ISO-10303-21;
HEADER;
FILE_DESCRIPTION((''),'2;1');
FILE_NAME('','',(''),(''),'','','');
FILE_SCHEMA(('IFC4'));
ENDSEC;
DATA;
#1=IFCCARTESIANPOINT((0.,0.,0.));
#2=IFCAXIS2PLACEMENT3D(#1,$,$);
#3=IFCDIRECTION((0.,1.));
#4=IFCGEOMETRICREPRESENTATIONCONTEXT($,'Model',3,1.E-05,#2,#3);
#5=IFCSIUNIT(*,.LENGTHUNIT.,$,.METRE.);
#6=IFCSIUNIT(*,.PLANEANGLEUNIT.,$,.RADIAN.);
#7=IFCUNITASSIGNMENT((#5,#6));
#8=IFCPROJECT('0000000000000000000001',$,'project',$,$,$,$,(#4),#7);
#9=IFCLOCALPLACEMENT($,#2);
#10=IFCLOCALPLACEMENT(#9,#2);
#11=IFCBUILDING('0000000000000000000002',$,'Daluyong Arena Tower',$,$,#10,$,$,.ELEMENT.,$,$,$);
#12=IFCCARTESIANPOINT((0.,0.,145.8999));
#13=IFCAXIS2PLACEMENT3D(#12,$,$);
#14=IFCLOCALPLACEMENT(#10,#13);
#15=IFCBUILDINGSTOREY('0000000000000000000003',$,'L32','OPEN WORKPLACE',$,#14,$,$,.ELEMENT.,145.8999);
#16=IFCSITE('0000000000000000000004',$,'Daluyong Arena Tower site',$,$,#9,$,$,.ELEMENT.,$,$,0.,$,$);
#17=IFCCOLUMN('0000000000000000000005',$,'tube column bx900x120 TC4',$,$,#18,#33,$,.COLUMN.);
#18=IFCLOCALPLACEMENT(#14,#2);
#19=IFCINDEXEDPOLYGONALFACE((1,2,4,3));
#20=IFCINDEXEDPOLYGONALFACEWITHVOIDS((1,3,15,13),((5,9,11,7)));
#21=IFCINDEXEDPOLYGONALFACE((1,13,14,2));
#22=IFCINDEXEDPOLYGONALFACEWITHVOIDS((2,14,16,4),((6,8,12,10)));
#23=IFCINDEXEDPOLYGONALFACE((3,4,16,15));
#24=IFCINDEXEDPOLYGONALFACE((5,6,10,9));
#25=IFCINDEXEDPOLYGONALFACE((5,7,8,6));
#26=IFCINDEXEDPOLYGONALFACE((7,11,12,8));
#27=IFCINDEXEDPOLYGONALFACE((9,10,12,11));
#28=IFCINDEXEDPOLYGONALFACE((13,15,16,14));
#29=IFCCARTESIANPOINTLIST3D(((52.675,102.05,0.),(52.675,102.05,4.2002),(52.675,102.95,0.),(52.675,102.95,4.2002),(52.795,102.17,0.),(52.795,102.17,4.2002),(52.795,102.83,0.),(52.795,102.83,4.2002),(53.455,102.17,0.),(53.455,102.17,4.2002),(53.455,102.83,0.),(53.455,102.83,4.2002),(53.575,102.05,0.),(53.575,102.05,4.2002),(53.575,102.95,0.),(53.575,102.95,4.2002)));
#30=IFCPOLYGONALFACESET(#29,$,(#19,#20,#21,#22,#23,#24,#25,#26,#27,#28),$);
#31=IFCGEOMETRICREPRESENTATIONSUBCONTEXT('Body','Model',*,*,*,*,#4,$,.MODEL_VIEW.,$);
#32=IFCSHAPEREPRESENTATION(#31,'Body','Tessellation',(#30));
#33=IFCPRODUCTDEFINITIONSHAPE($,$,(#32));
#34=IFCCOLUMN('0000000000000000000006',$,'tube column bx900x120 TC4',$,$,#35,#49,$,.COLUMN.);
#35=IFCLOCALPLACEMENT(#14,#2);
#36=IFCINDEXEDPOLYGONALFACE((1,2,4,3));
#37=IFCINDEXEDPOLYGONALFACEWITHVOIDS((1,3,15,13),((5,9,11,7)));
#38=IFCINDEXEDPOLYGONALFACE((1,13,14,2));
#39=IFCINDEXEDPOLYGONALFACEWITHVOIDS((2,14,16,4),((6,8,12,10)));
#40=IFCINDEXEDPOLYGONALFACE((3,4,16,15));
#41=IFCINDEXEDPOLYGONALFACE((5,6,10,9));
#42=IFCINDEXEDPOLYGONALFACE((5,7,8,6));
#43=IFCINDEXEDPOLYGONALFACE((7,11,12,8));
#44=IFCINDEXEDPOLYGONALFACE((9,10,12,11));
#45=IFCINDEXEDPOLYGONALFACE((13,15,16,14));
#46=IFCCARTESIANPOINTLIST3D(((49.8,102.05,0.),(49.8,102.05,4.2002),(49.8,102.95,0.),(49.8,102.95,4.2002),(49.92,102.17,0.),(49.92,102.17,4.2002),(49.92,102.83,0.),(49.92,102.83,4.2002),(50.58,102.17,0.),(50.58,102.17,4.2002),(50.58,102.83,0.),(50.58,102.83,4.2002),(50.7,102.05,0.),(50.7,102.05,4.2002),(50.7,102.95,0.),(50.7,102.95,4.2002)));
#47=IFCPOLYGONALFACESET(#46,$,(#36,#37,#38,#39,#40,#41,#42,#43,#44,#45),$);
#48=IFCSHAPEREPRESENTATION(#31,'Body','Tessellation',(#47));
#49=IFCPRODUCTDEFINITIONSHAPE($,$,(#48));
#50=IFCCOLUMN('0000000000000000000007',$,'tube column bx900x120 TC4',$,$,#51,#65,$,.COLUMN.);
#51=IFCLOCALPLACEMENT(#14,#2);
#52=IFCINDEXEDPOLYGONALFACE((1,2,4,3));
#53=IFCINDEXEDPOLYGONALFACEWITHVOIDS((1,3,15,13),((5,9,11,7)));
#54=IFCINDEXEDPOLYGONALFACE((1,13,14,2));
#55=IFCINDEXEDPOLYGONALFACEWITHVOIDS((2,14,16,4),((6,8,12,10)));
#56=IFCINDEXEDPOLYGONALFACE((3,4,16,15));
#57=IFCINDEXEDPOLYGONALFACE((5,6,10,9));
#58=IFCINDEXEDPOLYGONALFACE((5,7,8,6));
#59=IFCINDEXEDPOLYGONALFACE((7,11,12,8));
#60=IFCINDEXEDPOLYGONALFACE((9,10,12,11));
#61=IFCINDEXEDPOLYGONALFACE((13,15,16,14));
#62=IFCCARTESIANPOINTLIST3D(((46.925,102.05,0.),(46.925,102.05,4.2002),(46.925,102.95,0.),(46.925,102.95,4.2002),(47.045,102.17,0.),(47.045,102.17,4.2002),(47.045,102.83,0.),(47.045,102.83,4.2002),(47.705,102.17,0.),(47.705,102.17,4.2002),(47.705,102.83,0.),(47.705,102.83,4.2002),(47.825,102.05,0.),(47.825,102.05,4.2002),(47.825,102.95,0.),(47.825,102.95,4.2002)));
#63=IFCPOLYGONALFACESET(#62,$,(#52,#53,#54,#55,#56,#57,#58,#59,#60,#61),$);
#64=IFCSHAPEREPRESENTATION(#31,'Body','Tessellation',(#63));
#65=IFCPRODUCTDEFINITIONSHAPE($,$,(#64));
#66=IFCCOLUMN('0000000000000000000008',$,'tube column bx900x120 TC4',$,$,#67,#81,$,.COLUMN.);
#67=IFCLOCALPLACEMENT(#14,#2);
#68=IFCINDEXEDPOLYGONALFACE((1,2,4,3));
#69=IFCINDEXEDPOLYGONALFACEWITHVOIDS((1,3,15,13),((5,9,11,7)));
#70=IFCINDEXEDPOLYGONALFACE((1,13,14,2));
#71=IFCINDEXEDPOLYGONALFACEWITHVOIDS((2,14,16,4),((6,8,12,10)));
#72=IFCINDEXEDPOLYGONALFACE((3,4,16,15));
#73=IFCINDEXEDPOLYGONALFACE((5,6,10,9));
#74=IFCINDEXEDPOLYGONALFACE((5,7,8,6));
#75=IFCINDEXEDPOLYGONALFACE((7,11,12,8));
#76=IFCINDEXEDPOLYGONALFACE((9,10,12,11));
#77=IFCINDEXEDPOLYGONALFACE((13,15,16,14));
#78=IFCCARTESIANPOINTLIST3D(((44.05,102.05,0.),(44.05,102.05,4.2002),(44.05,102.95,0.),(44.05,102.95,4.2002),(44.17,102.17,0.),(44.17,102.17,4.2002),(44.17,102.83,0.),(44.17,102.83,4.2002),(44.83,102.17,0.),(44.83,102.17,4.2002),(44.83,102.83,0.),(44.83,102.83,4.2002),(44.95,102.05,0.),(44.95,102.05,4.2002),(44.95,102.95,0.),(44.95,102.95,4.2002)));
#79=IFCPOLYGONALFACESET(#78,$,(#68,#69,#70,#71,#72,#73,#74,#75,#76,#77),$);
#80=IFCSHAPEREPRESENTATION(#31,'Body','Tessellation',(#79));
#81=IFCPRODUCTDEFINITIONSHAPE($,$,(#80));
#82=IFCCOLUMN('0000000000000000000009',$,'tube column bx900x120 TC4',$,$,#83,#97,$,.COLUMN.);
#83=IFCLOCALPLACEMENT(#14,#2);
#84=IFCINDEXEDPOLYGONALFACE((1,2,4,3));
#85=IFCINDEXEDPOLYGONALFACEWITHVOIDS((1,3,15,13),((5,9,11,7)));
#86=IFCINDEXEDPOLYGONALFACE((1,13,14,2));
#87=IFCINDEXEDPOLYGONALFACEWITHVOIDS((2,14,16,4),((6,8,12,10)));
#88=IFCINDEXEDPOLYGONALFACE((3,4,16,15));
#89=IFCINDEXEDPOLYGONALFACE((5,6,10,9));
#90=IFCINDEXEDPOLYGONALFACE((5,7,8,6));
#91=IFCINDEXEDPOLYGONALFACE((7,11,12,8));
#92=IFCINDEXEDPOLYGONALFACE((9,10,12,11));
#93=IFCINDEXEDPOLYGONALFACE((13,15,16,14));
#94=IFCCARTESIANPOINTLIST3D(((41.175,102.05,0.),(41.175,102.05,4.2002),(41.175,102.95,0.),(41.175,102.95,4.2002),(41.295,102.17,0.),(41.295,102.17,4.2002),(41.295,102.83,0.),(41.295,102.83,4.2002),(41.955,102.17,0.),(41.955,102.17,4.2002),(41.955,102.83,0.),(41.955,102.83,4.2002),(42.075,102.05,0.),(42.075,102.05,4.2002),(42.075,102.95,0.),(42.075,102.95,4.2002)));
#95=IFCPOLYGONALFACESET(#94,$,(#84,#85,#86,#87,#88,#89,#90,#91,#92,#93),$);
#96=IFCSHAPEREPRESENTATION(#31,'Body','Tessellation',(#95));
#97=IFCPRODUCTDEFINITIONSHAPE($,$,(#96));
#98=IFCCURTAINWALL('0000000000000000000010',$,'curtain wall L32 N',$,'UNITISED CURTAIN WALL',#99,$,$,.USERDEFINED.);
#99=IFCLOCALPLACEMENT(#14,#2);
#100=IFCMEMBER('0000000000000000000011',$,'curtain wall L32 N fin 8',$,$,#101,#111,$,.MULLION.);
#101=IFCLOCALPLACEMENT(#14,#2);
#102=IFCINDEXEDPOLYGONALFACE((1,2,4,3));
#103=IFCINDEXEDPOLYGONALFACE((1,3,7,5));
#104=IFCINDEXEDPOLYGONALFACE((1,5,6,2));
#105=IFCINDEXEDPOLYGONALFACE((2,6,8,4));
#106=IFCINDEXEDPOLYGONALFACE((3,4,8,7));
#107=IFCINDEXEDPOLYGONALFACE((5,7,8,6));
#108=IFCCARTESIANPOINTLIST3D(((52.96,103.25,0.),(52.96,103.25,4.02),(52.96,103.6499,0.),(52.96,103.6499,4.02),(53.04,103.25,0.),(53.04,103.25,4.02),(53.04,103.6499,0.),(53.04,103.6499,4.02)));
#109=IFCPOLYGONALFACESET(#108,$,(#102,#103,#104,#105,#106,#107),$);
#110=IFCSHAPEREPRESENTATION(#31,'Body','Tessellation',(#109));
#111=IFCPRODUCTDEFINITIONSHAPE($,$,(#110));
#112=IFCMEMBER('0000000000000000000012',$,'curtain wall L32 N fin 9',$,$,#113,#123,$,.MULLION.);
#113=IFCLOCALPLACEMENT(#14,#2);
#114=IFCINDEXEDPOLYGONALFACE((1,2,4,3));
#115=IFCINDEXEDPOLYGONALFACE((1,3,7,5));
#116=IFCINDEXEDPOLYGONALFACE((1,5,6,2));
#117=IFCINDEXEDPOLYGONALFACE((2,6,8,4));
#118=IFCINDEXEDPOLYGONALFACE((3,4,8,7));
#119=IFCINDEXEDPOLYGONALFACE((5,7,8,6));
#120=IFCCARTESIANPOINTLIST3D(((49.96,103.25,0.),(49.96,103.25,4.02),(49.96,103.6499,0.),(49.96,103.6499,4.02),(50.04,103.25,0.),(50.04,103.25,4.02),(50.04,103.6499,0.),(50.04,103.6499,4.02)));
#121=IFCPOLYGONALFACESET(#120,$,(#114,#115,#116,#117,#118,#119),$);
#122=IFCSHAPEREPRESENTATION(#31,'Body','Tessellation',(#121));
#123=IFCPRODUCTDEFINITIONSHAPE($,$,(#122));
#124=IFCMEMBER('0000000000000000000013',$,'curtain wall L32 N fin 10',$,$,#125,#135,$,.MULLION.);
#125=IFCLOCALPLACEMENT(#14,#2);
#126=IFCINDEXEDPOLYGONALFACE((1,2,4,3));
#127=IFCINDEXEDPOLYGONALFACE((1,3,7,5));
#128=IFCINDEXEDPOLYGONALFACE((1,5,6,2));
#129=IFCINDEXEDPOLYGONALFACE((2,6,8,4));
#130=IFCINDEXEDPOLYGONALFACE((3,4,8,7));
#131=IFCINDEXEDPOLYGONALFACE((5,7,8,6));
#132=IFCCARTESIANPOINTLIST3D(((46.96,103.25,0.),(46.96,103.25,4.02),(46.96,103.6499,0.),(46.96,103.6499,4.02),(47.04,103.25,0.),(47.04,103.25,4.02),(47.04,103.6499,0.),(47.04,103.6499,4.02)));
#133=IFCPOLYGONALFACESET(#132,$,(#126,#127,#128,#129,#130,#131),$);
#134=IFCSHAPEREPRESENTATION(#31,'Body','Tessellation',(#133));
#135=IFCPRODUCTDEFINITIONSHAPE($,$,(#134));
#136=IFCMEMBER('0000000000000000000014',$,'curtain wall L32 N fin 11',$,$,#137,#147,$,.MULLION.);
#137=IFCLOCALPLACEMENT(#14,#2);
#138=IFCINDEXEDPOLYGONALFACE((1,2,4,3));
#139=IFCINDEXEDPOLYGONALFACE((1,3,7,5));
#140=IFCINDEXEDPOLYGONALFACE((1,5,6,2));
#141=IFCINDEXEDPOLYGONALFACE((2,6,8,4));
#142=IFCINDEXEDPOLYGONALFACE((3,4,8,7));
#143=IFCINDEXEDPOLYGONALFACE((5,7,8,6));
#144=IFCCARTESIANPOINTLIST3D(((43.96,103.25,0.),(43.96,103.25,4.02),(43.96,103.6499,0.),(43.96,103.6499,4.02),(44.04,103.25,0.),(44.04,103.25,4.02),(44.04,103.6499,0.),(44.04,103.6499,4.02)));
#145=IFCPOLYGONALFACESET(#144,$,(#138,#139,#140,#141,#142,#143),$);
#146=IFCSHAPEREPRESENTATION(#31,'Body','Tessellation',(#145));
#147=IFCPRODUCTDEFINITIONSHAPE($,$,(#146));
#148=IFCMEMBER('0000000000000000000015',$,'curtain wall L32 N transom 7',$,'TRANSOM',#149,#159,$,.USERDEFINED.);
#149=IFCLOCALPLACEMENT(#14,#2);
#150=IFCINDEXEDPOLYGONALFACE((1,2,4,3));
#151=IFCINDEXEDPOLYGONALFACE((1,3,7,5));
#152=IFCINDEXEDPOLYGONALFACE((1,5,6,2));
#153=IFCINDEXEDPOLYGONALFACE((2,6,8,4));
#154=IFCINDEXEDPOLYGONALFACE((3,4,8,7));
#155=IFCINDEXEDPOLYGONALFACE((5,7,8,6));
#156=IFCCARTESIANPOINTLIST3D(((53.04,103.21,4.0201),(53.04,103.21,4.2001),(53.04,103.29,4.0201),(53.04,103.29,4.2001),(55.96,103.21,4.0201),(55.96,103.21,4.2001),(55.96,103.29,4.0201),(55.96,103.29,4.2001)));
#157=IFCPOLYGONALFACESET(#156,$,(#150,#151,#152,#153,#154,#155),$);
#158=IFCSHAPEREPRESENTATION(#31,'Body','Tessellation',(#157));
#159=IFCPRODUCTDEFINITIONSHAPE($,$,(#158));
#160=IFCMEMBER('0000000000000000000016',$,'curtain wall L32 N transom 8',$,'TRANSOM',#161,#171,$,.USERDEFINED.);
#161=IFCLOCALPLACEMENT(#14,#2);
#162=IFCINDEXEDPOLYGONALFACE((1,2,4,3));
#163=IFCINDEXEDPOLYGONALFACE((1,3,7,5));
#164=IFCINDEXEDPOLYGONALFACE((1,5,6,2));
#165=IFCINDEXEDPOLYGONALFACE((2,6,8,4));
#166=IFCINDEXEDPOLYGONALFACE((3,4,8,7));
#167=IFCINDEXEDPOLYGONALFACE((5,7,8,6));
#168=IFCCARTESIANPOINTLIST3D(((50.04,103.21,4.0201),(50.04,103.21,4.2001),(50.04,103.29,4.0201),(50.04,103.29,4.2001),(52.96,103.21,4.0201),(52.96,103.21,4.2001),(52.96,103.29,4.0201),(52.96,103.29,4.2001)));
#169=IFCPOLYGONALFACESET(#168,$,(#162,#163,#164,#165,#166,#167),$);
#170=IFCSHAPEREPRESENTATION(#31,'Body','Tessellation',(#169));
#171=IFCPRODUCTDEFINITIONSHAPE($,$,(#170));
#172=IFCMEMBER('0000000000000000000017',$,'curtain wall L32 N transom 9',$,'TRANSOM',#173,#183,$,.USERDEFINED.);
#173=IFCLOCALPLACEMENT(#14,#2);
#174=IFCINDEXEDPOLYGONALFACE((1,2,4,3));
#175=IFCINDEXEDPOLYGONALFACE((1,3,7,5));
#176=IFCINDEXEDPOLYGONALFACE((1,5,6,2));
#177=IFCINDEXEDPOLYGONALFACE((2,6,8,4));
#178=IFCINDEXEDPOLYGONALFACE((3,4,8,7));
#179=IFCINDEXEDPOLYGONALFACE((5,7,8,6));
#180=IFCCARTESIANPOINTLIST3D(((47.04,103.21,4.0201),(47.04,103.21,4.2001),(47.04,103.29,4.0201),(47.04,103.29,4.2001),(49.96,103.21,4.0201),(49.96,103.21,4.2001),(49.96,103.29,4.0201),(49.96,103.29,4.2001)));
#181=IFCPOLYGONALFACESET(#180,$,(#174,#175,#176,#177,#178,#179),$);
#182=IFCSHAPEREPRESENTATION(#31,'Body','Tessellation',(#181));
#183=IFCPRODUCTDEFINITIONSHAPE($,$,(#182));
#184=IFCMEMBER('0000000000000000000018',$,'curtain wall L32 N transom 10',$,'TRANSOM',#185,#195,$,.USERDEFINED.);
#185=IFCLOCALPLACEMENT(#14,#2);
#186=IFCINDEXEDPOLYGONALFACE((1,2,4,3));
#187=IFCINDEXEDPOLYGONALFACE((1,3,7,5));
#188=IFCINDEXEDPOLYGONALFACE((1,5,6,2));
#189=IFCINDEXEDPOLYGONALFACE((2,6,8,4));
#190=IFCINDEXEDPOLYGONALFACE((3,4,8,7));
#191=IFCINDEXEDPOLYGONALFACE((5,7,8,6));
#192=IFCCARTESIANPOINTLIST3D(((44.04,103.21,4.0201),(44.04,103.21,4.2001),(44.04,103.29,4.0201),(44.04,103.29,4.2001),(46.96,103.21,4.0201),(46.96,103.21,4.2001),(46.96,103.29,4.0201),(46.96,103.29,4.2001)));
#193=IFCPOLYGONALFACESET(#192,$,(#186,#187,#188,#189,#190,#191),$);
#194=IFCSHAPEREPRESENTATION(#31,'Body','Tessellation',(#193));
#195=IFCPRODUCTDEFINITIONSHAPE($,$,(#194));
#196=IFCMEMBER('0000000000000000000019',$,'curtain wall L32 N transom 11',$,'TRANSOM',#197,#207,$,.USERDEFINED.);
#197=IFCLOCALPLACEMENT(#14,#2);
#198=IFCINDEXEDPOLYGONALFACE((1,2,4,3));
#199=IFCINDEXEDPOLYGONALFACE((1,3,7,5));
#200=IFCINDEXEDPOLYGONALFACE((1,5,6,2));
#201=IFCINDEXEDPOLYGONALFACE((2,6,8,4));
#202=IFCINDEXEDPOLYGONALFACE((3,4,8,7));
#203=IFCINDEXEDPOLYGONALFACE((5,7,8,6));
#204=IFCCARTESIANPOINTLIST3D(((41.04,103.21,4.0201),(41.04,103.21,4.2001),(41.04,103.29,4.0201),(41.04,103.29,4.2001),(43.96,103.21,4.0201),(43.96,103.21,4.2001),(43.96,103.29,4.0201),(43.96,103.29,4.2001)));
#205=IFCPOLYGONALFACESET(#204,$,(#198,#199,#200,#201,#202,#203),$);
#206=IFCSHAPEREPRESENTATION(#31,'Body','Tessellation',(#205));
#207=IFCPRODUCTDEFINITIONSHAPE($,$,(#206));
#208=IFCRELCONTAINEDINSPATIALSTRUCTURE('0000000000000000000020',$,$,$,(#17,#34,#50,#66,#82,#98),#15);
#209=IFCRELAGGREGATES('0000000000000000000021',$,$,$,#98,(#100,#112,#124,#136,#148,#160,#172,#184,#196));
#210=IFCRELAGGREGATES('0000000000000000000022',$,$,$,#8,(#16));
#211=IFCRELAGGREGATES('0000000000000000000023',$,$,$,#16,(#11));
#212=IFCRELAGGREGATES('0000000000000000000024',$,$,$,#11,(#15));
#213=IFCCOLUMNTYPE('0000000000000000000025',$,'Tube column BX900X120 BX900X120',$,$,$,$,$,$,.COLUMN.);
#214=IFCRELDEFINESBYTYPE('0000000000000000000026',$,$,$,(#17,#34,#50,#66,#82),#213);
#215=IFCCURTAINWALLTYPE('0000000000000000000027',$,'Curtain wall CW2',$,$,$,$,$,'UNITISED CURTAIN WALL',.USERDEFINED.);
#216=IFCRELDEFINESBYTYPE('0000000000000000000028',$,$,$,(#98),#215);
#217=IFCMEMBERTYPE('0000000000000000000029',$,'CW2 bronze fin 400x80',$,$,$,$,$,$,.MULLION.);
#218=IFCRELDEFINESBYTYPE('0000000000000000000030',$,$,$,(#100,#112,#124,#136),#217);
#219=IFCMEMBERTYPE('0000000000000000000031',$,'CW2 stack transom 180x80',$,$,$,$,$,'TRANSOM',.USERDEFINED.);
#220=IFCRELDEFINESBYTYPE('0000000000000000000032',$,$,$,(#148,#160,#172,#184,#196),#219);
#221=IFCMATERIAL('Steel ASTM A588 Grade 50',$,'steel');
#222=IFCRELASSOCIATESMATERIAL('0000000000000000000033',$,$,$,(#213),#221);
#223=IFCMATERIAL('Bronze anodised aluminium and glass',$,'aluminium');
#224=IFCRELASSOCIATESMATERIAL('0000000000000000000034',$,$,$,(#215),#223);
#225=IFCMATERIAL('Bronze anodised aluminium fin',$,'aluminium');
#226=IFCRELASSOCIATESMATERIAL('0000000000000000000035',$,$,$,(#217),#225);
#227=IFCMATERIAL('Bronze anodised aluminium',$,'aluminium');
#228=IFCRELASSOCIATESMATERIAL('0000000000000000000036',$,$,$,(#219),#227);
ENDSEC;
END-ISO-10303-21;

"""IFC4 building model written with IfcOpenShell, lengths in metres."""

from ifc_helpers import new_model, si_unit, direction, frame, origin, origin_2d, place, context, subcontext, project, spatial, rectangle, hollow_rectangle, extrude, material, material_profile, profile_set, type_object, element, aggregate, save


model = new_model("IFC4")

# Units and contexts
model_context = context("Model", 3, precision=1e-05, world=origin(), true_north=direction((0.0, 1.0)))
body_context = subcontext(model_context, "Body", "Model", "MODEL_VIEW")
ifc_project = project(units=[si_unit("LENGTHUNIT", "METRE"), si_unit("PLANEANGLEUNIT", "RADIAN")], contexts=[model_context])

# Site, building, storey
site_placement = place(None, origin())
site = spatial("IfcSite", under=ifc_project, at=site_placement, Name="Daluyong Arena Tower site", CompositionType="ELEMENT", RefElevation=0.0)
building_placement = place(site_placement, origin())
building = spatial("IfcBuilding", under=site, at=building_placement, Name="Daluyong Arena Tower", CompositionType="ELEMENT")
storey_placement = place(building_placement, frame((0.0, 0.0, 145.8999)))
storey = spatial("IfcBuildingStorey", under=building, at=storey_placement, Name="L32", Description="OPEN WORKPLACE", CompositionType="ELEMENT", Elevation=145.8999)

# Columns
ifc_material_1 = material(Name="Steel ASTM A588 Grade 50", Category="steel")
ifc_material_profile_1 = material_profile(ifc_material_1, hollow_rectangle(XDim=0.8999, YDim=0.8999, WallThickness=0.12, at=origin_2d()))
ifc_profile_set_1 = profile_set([ifc_material_profile_1], Name="Steel ASTM A588 Grade 50")
column_type = type_object("IfcColumnType", Name="Tube column BX900X120 BX900X120", PredefinedType="COLUMN", material=ifc_profile_set_1)
for number, where, z_axis, x_axis, name in (
    (1, (53.125, 102.5, 0.0), (0.0, 0.0, 1.0), (1.0, 0.0, 0.0), "tube column bx900x120 TC4"),
    (2, (50.25, 102.5, 0.0), (0.0, 0.0, 1.0), (1.0, 0.0, 0.0), "tube column bx900x120 TC4"),
    (3, (47.375, 102.5, 0.0), (0.0, 0.0, 1.0), (1.0, 0.0, 0.0), "tube column bx900x120 TC4"),
    (4, (44.5, 102.5, 0.0), (0.0, 0.0, 1.0), (1.0, 0.0, 0.0), "tube column bx900x120 TC4"),
    (5, (41.625, 102.5, 0.0), (0.0, 0.0, 1.0), (1.0, 0.0, 0.0), "tube column bx900x120 TC4"),
):
    element("IfcColumn", number, at=place(storey_placement, frame(where, z_axis=z_axis, x_axis=x_axis)), inside=storey, type_object=column_type, Name=name, PredefinedType="COLUMN", context=body_context, shape_type="SweptSolid", body=[
        extrude(hollow_rectangle(XDim=0.8999, YDim=0.8999, WallThickness=0.12, at=origin_2d()), origin(), (0.0, 0.0, 1.0), 4.2002),
    ])

# Curtain wall, members
ifc_material_2 = material(Name="Bronze anodised aluminium and glass", Category="aluminium")
curtain_wall_type = type_object("IfcCurtainWallType", Name="Curtain wall CW2", ElementType="UNITISED CURTAIN WALL", PredefinedType="USERDEFINED", material=ifc_material_2)
curtain_wall_placement = place(storey_placement, origin())
curtain_wall = element("IfcCurtainWall", 6, at=curtain_wall_placement, inside=storey, type_object=curtain_wall_type, Name="curtain wall L32 N", ObjectType="UNITISED CURTAIN WALL", PredefinedType="USERDEFINED")
ifc_material_3 = material(Name="Bronze anodised aluminium fin", Category="aluminium")
ifc_material_profile_2 = material_profile(ifc_material_3, rectangle(XDim=0.3999, YDim=0.0801, at=origin_2d()))
ifc_profile_set_2 = profile_set([ifc_material_profile_2], Name="Bronze anodised aluminium fin")
member_type_1 = type_object("IfcMemberType", Name="CW2 bronze fin 400x80", PredefinedType="MULLION", material=ifc_profile_set_2)
member_1_placement = place(storey_placement, frame((53.0, 103.45, 0.0), z_axis=(0.0, 0.0, 1.0), x_axis=(0.0, -1.0, 0.0)))
member_1 = element("IfcMember", 7, at=member_1_placement, type_object=member_type_1, Name="curtain wall L32 N fin 8", PredefinedType="MULLION", context=body_context, shape_type="SweptSolid", body=[
    extrude(rectangle(XDim=0.3999, YDim=0.0801, at=origin_2d()), origin(), (0.0, 0.0, 1.0), 4.02),
])
member_2_placement = place(storey_placement, frame((50.0, 103.45, 0.0), z_axis=(0.0, 0.0, 1.0), x_axis=(0.0, -1.0, 0.0)))
member_2 = element("IfcMember", 8, at=member_2_placement, type_object=member_type_1, Name="curtain wall L32 N fin 9", PredefinedType="MULLION", context=body_context, shape_type="SweptSolid", body=[
    extrude(rectangle(XDim=0.3999, YDim=0.0801, at=origin_2d()), origin(), (0.0, 0.0, 1.0), 4.02),
])
member_3_placement = place(storey_placement, frame((47.0, 103.45, 0.0), z_axis=(0.0, 0.0, 1.0), x_axis=(0.0, -1.0, 0.0)))
member_3 = element("IfcMember", 9, at=member_3_placement, type_object=member_type_1, Name="curtain wall L32 N fin 10", PredefinedType="MULLION", context=body_context, shape_type="SweptSolid", body=[
    extrude(rectangle(XDim=0.3999, YDim=0.0801, at=origin_2d()), origin(), (0.0, 0.0, 1.0), 4.02),
])
member_4_placement = place(storey_placement, frame((44.0, 103.45, 0.0), z_axis=(0.0, 0.0, 1.0), x_axis=(0.0, -1.0, 0.0)))
member_4 = element("IfcMember", 10, at=member_4_placement, type_object=member_type_1, Name="curtain wall L32 N fin 11", PredefinedType="MULLION", context=body_context, shape_type="SweptSolid", body=[
    extrude(rectangle(XDim=0.3999, YDim=0.0801, at=origin_2d()), origin(), (0.0, 0.0, 1.0), 4.02),
])
ifc_material_4 = material(Name="Bronze anodised aluminium", Category="aluminium")
ifc_material_profile_3 = material_profile(ifc_material_4, rectangle(XDim=0.0801, YDim=0.1799, at=origin_2d()))
ifc_profile_set_3 = profile_set([ifc_material_profile_3], Name="Bronze anodised aluminium")
member_type_2 = type_object("IfcMemberType", Name="CW2 stack transom 180x80", ElementType="TRANSOM", PredefinedType="USERDEFINED", material=ifc_profile_set_3)
member_5_placement = place(storey_placement, frame((55.96, 103.25, 4.1101), z_axis=(-1.0, 0.0, 0.0), x_axis=(0.0, -1.0, 0.0)))
member_5 = element("IfcMember", 11, at=member_5_placement, type_object=member_type_2, Name="curtain wall L32 N transom 7", ObjectType="TRANSOM", PredefinedType="USERDEFINED", context=body_context, shape_type="SweptSolid", body=[
    extrude(rectangle(XDim=0.0801, YDim=0.1799, at=origin_2d()), origin(), (0.0, 0.0, 1.0), 2.9199),
])
member_6_placement = place(storey_placement, frame((52.96, 103.25, 4.1101), z_axis=(-1.0, 0.0, 0.0), x_axis=(0.0, -1.0, 0.0)))
member_6 = element("IfcMember", 12, at=member_6_placement, type_object=member_type_2, Name="curtain wall L32 N transom 8", ObjectType="TRANSOM", PredefinedType="USERDEFINED", context=body_context, shape_type="SweptSolid", body=[
    extrude(rectangle(XDim=0.0801, YDim=0.1799, at=origin_2d()), origin(), (0.0, 0.0, 1.0), 2.9199),
])
member_7_placement = place(storey_placement, frame((49.96, 103.25, 4.1101), z_axis=(-1.0, 0.0, 0.0), x_axis=(0.0, -1.0, 0.0)))
member_7 = element("IfcMember", 13, at=member_7_placement, type_object=member_type_2, Name="curtain wall L32 N transom 9", ObjectType="TRANSOM", PredefinedType="USERDEFINED", context=body_context, shape_type="SweptSolid", body=[
    extrude(rectangle(XDim=0.0801, YDim=0.1799, at=origin_2d()), origin(), (0.0, 0.0, 1.0), 2.9199),
])
member_8_placement = place(storey_placement, frame((46.96, 103.25, 4.1101), z_axis=(-1.0, 0.0, 0.0), x_axis=(0.0, -1.0, 0.0)))
member_8 = element("IfcMember", 14, at=member_8_placement, type_object=member_type_2, Name="curtain wall L32 N transom 10", ObjectType="TRANSOM", PredefinedType="USERDEFINED", context=body_context, shape_type="SweptSolid", body=[
    extrude(rectangle(XDim=0.0801, YDim=0.1799, at=origin_2d()), origin(), (0.0, 0.0, 1.0), 2.9199),
])
member_9_placement = place(storey_placement, frame((43.96, 103.25, 4.1101), z_axis=(-1.0, 0.0, 0.0), x_axis=(0.0, -1.0, 0.0)))
member_9 = element("IfcMember", 15, at=member_9_placement, type_object=member_type_2, Name="curtain wall L32 N transom 11", ObjectType="TRANSOM", PredefinedType="USERDEFINED", context=body_context, shape_type="SweptSolid", body=[
    extrude(rectangle(XDim=0.0801, YDim=0.1799, at=origin_2d()), origin(), (0.0, 0.0, 1.0), 2.9199),
])

aggregate(curtain_wall, [member_1, member_2, member_3, member_4, member_5, member_6, member_7, member_8, member_9])

save(model, "model.ifc")
